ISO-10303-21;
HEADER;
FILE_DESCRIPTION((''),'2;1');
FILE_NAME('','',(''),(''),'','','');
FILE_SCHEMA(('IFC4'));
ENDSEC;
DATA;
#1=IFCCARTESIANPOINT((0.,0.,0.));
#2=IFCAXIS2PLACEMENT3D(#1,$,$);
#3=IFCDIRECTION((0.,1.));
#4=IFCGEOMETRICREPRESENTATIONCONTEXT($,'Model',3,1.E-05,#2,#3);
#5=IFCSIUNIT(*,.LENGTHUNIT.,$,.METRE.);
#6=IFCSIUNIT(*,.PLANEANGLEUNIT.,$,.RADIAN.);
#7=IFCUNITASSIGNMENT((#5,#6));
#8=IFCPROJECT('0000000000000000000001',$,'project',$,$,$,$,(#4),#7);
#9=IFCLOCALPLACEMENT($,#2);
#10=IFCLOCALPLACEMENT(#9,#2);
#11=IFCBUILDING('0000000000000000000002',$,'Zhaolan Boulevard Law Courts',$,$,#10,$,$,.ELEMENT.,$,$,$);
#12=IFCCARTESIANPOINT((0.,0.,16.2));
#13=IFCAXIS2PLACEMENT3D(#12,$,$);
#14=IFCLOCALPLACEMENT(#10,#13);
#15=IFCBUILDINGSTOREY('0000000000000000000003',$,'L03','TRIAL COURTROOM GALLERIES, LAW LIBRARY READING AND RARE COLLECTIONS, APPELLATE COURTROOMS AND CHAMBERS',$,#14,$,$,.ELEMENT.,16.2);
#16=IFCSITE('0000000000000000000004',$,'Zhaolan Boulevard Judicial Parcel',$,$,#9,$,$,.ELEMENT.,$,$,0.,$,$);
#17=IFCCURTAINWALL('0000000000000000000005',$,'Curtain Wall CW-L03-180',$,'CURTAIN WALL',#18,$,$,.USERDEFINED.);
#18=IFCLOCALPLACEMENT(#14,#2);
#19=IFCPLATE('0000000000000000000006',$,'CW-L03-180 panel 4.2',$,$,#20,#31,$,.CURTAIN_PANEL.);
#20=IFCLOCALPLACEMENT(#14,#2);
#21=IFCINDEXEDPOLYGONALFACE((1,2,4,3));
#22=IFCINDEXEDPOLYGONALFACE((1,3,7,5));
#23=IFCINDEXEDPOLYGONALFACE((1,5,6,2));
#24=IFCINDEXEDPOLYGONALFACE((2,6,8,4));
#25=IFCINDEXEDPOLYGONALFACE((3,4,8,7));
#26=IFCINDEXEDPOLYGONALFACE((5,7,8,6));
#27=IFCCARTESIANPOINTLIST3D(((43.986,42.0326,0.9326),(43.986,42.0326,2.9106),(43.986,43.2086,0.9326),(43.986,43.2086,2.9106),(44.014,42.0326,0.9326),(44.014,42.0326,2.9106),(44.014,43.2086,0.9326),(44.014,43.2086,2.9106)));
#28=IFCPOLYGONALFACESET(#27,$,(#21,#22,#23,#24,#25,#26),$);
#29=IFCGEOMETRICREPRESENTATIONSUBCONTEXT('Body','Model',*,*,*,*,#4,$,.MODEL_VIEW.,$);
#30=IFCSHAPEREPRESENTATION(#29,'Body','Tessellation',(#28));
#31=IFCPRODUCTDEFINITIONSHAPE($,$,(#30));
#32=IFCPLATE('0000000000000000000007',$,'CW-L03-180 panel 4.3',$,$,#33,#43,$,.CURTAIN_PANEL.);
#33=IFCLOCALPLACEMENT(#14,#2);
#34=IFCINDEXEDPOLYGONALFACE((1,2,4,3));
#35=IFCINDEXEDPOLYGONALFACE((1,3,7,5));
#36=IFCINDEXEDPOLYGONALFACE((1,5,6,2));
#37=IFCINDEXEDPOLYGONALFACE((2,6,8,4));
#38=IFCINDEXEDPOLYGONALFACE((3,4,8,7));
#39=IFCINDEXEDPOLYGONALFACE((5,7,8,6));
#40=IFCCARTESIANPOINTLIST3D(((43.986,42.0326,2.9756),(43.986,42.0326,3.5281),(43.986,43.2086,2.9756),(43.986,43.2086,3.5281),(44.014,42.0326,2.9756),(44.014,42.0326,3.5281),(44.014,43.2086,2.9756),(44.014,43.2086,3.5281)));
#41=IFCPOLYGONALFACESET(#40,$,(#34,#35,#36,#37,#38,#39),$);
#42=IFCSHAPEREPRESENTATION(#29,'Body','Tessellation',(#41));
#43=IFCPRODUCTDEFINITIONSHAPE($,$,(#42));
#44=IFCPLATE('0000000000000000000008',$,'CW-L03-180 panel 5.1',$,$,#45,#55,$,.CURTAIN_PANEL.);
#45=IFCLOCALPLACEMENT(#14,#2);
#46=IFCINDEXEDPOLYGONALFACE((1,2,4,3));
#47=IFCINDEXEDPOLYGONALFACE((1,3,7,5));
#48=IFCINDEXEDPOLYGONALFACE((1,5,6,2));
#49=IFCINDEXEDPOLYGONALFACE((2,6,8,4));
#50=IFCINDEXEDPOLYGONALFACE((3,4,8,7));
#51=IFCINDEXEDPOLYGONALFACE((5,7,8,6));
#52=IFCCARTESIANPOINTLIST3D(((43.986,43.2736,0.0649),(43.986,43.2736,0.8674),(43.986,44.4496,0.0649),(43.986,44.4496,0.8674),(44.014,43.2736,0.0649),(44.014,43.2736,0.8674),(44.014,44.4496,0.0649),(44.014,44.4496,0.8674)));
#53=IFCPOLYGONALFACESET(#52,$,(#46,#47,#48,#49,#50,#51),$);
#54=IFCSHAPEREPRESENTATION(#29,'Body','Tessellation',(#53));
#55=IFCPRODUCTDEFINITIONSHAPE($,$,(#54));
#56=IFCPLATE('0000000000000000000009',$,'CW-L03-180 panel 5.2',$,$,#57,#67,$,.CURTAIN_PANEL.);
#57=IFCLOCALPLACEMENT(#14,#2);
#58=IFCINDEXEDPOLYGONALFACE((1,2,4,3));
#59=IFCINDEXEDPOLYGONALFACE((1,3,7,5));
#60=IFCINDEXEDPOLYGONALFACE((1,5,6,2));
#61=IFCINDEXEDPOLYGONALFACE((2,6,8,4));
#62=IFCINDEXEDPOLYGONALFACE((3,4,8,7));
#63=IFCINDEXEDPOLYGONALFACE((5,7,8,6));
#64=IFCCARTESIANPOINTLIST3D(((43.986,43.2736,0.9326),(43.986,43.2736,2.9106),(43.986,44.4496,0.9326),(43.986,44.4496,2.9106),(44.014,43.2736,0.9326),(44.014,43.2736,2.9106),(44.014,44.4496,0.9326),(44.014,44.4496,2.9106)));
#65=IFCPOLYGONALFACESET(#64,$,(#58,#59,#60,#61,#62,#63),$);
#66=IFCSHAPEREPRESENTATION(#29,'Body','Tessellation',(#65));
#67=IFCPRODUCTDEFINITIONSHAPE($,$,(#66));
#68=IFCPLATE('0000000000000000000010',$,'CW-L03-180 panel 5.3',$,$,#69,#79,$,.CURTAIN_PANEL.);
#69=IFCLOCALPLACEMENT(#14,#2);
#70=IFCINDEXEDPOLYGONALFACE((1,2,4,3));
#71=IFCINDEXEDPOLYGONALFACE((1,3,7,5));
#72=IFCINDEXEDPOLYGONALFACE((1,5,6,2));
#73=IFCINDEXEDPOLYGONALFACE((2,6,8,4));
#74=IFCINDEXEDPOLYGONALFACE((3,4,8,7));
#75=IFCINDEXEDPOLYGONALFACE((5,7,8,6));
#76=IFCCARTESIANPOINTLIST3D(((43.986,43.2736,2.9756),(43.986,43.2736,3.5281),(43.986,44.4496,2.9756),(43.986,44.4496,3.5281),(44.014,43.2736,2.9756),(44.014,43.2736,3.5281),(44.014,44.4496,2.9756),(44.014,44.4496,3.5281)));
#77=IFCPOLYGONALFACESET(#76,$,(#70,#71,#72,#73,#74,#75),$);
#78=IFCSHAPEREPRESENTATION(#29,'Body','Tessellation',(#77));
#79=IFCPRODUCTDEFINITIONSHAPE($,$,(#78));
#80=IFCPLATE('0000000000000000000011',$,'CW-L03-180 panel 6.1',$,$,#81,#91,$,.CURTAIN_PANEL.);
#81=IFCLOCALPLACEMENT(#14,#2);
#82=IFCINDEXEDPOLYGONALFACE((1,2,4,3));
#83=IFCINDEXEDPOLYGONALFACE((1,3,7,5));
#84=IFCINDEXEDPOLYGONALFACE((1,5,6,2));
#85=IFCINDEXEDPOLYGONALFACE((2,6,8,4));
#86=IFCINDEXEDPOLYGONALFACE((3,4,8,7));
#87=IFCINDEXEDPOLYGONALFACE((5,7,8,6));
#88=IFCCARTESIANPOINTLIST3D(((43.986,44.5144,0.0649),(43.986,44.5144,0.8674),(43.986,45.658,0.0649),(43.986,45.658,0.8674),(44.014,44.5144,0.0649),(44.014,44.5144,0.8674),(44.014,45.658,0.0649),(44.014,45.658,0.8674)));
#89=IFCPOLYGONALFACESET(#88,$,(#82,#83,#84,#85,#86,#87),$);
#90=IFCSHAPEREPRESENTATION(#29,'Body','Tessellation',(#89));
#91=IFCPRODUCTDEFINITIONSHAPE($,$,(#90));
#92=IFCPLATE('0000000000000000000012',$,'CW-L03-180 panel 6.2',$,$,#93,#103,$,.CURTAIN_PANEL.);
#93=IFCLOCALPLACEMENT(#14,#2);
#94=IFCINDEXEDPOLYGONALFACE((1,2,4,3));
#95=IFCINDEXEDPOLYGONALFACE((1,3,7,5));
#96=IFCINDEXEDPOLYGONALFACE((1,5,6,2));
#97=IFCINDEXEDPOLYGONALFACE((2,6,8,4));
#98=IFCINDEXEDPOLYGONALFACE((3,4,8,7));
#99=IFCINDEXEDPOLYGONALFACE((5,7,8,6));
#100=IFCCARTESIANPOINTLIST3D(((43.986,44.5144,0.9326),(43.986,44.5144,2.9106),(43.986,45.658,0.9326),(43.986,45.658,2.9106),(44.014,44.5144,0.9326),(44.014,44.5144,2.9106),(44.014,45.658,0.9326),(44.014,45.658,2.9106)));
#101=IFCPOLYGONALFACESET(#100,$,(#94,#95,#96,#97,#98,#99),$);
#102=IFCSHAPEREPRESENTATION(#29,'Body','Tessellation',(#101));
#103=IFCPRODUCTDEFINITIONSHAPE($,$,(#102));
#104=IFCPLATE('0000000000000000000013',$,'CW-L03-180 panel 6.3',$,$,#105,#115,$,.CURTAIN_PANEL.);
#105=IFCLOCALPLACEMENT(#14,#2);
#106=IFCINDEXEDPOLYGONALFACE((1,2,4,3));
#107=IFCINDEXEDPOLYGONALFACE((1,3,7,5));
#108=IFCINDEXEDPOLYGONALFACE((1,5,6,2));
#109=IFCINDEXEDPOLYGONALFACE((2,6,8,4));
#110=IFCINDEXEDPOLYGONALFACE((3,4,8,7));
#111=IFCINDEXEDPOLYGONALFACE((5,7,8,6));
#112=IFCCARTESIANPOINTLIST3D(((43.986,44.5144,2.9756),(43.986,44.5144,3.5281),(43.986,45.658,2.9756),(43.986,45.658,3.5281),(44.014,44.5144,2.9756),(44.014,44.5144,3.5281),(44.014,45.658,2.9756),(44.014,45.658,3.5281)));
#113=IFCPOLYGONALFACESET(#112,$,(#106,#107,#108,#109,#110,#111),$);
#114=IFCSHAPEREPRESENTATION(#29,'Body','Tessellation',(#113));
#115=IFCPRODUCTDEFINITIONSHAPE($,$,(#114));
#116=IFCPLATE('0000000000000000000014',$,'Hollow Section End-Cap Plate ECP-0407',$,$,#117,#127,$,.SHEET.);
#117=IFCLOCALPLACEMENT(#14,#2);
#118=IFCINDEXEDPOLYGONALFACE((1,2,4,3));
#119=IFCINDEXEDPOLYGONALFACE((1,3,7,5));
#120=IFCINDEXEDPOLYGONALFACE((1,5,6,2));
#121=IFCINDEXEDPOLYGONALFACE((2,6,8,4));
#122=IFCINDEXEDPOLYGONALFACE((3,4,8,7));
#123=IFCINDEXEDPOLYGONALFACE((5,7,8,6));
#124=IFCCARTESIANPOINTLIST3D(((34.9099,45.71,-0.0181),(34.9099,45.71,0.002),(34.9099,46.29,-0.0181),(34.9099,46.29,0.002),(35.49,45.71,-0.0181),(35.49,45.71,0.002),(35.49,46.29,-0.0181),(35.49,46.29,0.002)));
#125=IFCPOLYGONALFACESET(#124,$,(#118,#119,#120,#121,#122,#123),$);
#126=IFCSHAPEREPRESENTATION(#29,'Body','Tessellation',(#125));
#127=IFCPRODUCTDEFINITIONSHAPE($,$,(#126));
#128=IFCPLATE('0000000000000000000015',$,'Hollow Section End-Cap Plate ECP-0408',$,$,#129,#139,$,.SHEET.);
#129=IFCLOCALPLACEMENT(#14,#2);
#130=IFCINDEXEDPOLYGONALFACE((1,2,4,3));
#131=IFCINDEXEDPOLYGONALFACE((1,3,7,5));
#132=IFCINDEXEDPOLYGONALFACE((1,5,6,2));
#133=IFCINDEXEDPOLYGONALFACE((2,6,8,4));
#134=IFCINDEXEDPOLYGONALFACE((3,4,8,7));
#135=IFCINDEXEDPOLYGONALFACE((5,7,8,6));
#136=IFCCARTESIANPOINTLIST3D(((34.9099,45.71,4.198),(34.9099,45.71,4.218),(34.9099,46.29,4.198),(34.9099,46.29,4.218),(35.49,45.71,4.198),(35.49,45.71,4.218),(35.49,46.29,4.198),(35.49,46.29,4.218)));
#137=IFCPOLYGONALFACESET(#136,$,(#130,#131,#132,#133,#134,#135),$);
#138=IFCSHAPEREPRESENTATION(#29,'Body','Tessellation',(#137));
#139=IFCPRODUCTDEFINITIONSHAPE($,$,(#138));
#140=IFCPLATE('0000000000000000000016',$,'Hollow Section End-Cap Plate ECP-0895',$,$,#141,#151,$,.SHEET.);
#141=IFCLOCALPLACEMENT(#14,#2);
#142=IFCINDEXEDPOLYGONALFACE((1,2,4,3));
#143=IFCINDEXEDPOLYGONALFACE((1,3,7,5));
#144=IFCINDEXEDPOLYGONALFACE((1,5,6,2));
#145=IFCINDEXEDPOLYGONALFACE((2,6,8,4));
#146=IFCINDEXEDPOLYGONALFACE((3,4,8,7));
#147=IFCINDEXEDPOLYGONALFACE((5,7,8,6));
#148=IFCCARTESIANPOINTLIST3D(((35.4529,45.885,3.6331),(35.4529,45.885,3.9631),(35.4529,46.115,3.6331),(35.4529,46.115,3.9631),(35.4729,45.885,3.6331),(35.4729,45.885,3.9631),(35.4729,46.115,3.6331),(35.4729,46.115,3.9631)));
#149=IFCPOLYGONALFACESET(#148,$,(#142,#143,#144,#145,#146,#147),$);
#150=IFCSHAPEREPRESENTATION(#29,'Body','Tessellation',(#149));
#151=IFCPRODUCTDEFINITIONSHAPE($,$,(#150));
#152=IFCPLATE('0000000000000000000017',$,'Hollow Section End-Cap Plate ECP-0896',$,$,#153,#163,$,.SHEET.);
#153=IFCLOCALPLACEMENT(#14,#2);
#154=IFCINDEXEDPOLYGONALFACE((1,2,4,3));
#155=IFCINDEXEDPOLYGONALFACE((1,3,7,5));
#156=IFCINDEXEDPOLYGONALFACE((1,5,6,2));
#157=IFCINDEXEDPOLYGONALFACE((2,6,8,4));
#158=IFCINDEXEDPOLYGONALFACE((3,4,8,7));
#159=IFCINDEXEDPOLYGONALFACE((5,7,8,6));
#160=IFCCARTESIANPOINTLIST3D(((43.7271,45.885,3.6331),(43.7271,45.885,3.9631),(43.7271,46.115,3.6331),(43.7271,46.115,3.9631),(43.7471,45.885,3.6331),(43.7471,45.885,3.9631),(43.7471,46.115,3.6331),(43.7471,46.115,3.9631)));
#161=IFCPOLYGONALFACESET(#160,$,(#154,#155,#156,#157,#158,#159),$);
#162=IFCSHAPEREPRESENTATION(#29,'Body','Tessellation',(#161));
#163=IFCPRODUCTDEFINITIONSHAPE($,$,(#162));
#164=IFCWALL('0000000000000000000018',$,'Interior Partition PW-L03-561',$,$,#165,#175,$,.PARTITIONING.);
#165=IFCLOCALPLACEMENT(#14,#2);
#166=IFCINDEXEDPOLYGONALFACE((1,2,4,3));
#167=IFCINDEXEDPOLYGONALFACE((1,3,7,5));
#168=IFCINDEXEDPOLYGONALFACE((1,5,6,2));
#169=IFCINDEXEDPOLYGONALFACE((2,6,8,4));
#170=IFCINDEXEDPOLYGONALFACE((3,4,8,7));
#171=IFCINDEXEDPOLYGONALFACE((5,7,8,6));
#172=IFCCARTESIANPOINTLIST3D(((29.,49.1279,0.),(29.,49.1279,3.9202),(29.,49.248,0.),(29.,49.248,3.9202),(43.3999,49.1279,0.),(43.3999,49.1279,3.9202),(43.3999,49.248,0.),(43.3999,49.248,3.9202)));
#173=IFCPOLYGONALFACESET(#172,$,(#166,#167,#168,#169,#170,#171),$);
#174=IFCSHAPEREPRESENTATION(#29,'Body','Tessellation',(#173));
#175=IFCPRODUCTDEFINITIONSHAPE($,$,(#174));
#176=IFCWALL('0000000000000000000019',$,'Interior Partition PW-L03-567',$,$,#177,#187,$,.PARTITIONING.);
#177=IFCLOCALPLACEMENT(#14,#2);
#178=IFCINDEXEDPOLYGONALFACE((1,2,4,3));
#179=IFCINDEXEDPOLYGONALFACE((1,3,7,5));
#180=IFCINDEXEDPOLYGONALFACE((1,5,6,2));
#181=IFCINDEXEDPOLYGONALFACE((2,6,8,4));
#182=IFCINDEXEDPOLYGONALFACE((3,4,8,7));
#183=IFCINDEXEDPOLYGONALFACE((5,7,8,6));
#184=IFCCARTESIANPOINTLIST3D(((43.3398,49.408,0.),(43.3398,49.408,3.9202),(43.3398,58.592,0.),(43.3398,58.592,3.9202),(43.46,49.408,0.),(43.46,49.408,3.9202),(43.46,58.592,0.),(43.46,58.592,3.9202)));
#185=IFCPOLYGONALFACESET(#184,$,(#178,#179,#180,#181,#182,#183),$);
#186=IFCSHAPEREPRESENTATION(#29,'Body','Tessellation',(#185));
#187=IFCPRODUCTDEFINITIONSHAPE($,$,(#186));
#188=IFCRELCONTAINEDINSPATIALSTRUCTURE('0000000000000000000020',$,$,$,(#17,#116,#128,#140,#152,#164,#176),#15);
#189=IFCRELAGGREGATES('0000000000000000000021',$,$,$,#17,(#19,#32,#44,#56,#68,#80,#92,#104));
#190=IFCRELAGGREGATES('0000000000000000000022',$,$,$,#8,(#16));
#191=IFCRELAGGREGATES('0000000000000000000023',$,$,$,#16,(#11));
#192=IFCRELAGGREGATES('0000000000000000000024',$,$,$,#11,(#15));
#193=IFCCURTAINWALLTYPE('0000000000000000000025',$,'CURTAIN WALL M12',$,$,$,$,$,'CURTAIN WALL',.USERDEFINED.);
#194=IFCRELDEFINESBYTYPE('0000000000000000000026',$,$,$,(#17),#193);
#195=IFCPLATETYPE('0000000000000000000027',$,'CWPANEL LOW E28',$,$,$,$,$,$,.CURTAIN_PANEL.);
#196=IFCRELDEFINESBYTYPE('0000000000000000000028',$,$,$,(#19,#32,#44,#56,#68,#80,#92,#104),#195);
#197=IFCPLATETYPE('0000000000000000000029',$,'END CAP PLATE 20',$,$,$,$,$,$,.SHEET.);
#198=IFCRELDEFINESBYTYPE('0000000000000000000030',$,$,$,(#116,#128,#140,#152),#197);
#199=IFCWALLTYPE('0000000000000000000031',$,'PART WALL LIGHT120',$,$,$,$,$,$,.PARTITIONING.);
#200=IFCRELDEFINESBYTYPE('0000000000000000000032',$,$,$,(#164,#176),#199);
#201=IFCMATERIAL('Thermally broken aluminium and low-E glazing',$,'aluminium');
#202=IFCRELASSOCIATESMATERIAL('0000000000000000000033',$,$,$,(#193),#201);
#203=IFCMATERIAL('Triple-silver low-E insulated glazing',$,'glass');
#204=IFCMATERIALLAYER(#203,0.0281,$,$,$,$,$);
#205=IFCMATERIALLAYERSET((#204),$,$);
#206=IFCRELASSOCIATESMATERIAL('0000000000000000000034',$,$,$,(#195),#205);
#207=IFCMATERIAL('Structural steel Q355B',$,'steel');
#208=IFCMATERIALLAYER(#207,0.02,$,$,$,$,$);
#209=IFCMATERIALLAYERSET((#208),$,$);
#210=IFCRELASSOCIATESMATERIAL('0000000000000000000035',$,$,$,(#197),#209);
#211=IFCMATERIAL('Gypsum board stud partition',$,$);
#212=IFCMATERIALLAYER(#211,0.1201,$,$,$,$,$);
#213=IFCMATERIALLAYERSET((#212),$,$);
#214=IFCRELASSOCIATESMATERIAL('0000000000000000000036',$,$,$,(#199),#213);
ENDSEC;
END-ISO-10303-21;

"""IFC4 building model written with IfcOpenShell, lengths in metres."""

from ifc_helpers import new_model, si_unit, direction, frame, frame_2d, origin, origin_2d, place, context, subcontext, project, spatial, rectangle, extrude, material, layer, layer_set, type_object, element, aggregate, save


model = new_model("IFC4")

# Units and contexts
model_context = context("Model", 3, precision=1e-05, world=origin(), true_north=direction((0.0, 1.0)))
body_context = subcontext(model_context, "Body", "Model", "MODEL_VIEW")
ifc_project = project(units=[si_unit("LENGTHUNIT", "METRE"), si_unit("PLANEANGLEUNIT", "RADIAN")], contexts=[model_context])

# Site, building, storey
site_placement = place(None, origin())
site = spatial("IfcSite", under=ifc_project, at=site_placement, Name="Zhaolan Boulevard Judicial Parcel", CompositionType="ELEMENT", RefElevation=0.0)
building_placement = place(site_placement, origin())
building = spatial("IfcBuilding", under=site, at=building_placement, Name="Zhaolan Boulevard Law Courts", CompositionType="ELEMENT")
storey_placement = place(building_placement, frame((0.0, 0.0, 16.2)))
storey = spatial("IfcBuildingStorey", under=building, at=storey_placement, Name="L03", Description="TRIAL COURTROOM GALLERIES, LAW LIBRARY READING AND RARE COLLECTIONS, APPELLATE COURTROOMS AND CHAMBERS", CompositionType="ELEMENT", Elevation=16.2)

# Curtain wall
ifc_material_1 = material(Name="Thermally broken aluminium and low-E glazing", Category="aluminium")
curtain_wall_type = type_object("IfcCurtainWallType", Name="CURTAIN WALL M12", ElementType="CURTAIN WALL", PredefinedType="USERDEFINED", material=ifc_material_1)
curtain_wall_placement = place(storey_placement, origin())
curtain_wall = element("IfcCurtainWall", 1, at=curtain_wall_placement, inside=storey, type_object=curtain_wall_type, Name="Curtain Wall CW-L03-180", ObjectType="CURTAIN WALL", PredefinedType="USERDEFINED")

# Plates
ifc_material_2 = material(Name="Triple-silver low-E insulated glazing", Category="glass")
ifc_layer_1 = layer(ifc_material_2, 0.0281)
ifc_layer_set_1 = layer_set([ifc_layer_1])
plate_type_1 = type_object("IfcPlateType", Name="CWPANEL LOW E28", PredefinedType="CURTAIN_PANEL", material=ifc_layer_set_1)
plate_1_placement = place(storey_placement, frame((44.0, 42.6206, 0.9326), z_axis=(0.0, 0.0, 1.0), x_axis=(0.0, 1.0, 0.0)))
plate_1 = element("IfcPlate", 2, at=plate_1_placement, type_object=plate_type_1, Name="CW-L03-180 panel 4.2", PredefinedType="CURTAIN_PANEL", context=body_context, shape_type="SweptSolid", body=[
    extrude(rectangle(XDim=1.176, YDim=0.0281, at=origin_2d()), origin(), (0.0, 0.0, 1.0), 1.978),
])
plate_2_placement = place(storey_placement, frame((44.0, 42.6206, 2.9756), z_axis=(0.0, 0.0, 1.0), x_axis=(0.0, 1.0, 0.0)))
plate_2 = element("IfcPlate", 3, at=plate_2_placement, type_object=plate_type_1, Name="CW-L03-180 panel 4.3", PredefinedType="CURTAIN_PANEL", context=body_context, shape_type="SweptSolid", body=[
    extrude(rectangle(XDim=1.176, YDim=0.0281, at=origin_2d()), origin(), (0.0, 0.0, 1.0), 0.5525),
])
plate_3_placement = place(storey_placement, frame((44.0, 43.8616, 0.0649), z_axis=(0.0, 0.0, 1.0), x_axis=(0.0, 1.0, 0.0)))
plate_3 = element("IfcPlate", 4, at=plate_3_placement, type_object=plate_type_1, Name="CW-L03-180 panel 5.1", PredefinedType="CURTAIN_PANEL", context=body_context, shape_type="SweptSolid", body=[
    extrude(rectangle(XDim=1.176, YDim=0.0281, at=origin_2d()), origin(), (0.0, 0.0, 1.0), 0.8025),
])
plate_4_placement = place(storey_placement, frame((44.0, 43.8616, 0.9326), z_axis=(0.0, 0.0, 1.0), x_axis=(0.0, 1.0, 0.0)))
plate_4 = element("IfcPlate", 5, at=plate_4_placement, type_object=plate_type_1, Name="CW-L03-180 panel 5.2", PredefinedType="CURTAIN_PANEL", context=body_context, shape_type="SweptSolid", body=[
    extrude(rectangle(XDim=1.176, YDim=0.0281, at=origin_2d()), origin(), (0.0, 0.0, 1.0), 1.978),
])
plate_5_placement = place(storey_placement, frame((44.0, 43.8616, 2.9756), z_axis=(0.0, 0.0, 1.0), x_axis=(0.0, 1.0, 0.0)))
plate_5 = element("IfcPlate", 6, at=plate_5_placement, type_object=plate_type_1, Name="CW-L03-180 panel 5.3", PredefinedType="CURTAIN_PANEL", context=body_context, shape_type="SweptSolid", body=[
    extrude(rectangle(XDim=1.176, YDim=0.0281, at=origin_2d()), origin(), (0.0, 0.0, 1.0), 0.5525),
])
plate_6_placement = place(storey_placement, frame((44.0, 45.0862, 0.0649), z_axis=(0.0, 0.0, 1.0), x_axis=(0.0, 1.0, 0.0)))
plate_6 = element("IfcPlate", 7, at=plate_6_placement, type_object=plate_type_1, Name="CW-L03-180 panel 6.1", PredefinedType="CURTAIN_PANEL", context=body_context, shape_type="SweptSolid", body=[
    extrude(rectangle(XDim=1.1436, YDim=0.0281, at=origin_2d()), origin(), (0.0, 0.0, 1.0), 0.8025),
])
plate_7_placement = place(storey_placement, frame((44.0, 45.0862, 0.9326), z_axis=(0.0, 0.0, 1.0), x_axis=(0.0, 1.0, 0.0)))
plate_7 = element("IfcPlate", 8, at=plate_7_placement, type_object=plate_type_1, Name="CW-L03-180 panel 6.2", PredefinedType="CURTAIN_PANEL", context=body_context, shape_type="SweptSolid", body=[
    extrude(rectangle(XDim=1.1436, YDim=0.0281, at=origin_2d()), origin(), (0.0, 0.0, 1.0), 1.978),
])
plate_8_placement = place(storey_placement, frame((44.0, 45.0862, 2.9756), z_axis=(0.0, 0.0, 1.0), x_axis=(0.0, 1.0, 0.0)))
plate_8 = element("IfcPlate", 9, at=plate_8_placement, type_object=plate_type_1, Name="CW-L03-180 panel 6.3", PredefinedType="CURTAIN_PANEL", context=body_context, shape_type="SweptSolid", body=[
    extrude(rectangle(XDim=1.1436, YDim=0.0281, at=origin_2d()), origin(), (0.0, 0.0, 1.0), 0.5525),
])
aggregate(curtain_wall, [plate_1, plate_2, plate_3, plate_4, plate_5, plate_6, plate_7, plate_8])

# Plates
ifc_material_3 = material(Name="Structural steel Q355B", Category="steel")
ifc_layer_2 = layer(ifc_material_3, 0.02)
ifc_layer_set_2 = layer_set([ifc_layer_2])
plate_type_2 = type_object("IfcPlateType", Name="END CAP PLATE 20", PredefinedType="SHEET", material=ifc_layer_set_2)
for number, where, z_axis, x_axis, name in (
    (10, (35.2, 46.0, -0.0181), (0.0, 0.0, 1.0), (1.0, 0.0, 0.0), "Hollow Section End-Cap Plate ECP-0407"),
    (11, (35.2, 46.0, 4.198), (0.0, 0.0, 1.0), (1.0, 0.0, 0.0), "Hollow Section End-Cap Plate ECP-0408"),
):
    element("IfcPlate", number, at=place(storey_placement, frame(where, z_axis=z_axis, x_axis=x_axis)), inside=storey, type_object=plate_type_2, Name=name, PredefinedType="SHEET", context=body_context, shape_type="SweptSolid", body=[
        extrude(rectangle(XDim=0.5801, YDim=0.5801, at=origin_2d()), origin(), (0.0, 0.0, 1.0), 0.02),
    ])
for number, where, z_axis, x_axis, name in (
    (12, (35.4629, 46.0, 3.6331), (0.0, 0.0, 1.0), (1.0, 0.0, 0.0), "Hollow Section End-Cap Plate ECP-0895"),
    (13, (43.7371, 46.0, 3.6331), (0.0, 0.0, 1.0), (1.0, 0.0, 0.0), "Hollow Section End-Cap Plate ECP-0896"),
):
    element("IfcPlate", number, at=place(storey_placement, frame(where, z_axis=z_axis, x_axis=x_axis)), inside=storey, type_object=plate_type_2, Name=name, PredefinedType="SHEET", context=body_context, shape_type="SweptSolid", body=[
        extrude(rectangle(XDim=0.02, YDim=0.23, at=origin_2d()), origin(), (0.0, 0.0, 1.0), 0.3301),
    ])

# Walls
ifc_material_4 = material(Name="Gypsum board stud partition")
ifc_layer_3 = layer(ifc_material_4, 0.1201)
ifc_layer_set_3 = layer_set([ifc_layer_3])
wall_type = type_object("IfcWallType", Name="PART WALL LIGHT120", PredefinedType="PARTITIONING", material=ifc_layer_set_3)
wall_1_placement = place(storey_placement, frame((43.3999, 49.188, 0.0), z_axis=(0.0, 0.0, 1.0), x_axis=(-1.0, 0.0, 0.0)))
element("IfcWall", 14, at=wall_1_placement, inside=storey, type_object=wall_type, Name="Interior Partition PW-L03-561", PredefinedType="PARTITIONING", context=body_context, shape_type="SweptSolid", body=[
    extrude(rectangle(XDim=14.3999, YDim=0.1201, at=frame_2d((7.2, 0.0))), origin(), (0.0, 0.0, 1.0), 3.9202),
])
wall_2_placement = place(storey_placement, frame((43.3999, 49.408, 0.0), z_axis=(0.0, 0.0, 1.0), x_axis=(0.0, 1.0, 0.0)))
element("IfcWall", 15, at=wall_2_placement, inside=storey, type_object=wall_type, Name="Interior Partition PW-L03-567", PredefinedType="PARTITIONING", context=body_context, shape_type="SweptSolid", body=[
    extrude(rectangle(XDim=9.1841, YDim=0.1201, at=frame_2d((4.592, 0.0))), origin(), (0.0, 0.0, 1.0), 3.9202),
])

save(model, "model.ifc")
